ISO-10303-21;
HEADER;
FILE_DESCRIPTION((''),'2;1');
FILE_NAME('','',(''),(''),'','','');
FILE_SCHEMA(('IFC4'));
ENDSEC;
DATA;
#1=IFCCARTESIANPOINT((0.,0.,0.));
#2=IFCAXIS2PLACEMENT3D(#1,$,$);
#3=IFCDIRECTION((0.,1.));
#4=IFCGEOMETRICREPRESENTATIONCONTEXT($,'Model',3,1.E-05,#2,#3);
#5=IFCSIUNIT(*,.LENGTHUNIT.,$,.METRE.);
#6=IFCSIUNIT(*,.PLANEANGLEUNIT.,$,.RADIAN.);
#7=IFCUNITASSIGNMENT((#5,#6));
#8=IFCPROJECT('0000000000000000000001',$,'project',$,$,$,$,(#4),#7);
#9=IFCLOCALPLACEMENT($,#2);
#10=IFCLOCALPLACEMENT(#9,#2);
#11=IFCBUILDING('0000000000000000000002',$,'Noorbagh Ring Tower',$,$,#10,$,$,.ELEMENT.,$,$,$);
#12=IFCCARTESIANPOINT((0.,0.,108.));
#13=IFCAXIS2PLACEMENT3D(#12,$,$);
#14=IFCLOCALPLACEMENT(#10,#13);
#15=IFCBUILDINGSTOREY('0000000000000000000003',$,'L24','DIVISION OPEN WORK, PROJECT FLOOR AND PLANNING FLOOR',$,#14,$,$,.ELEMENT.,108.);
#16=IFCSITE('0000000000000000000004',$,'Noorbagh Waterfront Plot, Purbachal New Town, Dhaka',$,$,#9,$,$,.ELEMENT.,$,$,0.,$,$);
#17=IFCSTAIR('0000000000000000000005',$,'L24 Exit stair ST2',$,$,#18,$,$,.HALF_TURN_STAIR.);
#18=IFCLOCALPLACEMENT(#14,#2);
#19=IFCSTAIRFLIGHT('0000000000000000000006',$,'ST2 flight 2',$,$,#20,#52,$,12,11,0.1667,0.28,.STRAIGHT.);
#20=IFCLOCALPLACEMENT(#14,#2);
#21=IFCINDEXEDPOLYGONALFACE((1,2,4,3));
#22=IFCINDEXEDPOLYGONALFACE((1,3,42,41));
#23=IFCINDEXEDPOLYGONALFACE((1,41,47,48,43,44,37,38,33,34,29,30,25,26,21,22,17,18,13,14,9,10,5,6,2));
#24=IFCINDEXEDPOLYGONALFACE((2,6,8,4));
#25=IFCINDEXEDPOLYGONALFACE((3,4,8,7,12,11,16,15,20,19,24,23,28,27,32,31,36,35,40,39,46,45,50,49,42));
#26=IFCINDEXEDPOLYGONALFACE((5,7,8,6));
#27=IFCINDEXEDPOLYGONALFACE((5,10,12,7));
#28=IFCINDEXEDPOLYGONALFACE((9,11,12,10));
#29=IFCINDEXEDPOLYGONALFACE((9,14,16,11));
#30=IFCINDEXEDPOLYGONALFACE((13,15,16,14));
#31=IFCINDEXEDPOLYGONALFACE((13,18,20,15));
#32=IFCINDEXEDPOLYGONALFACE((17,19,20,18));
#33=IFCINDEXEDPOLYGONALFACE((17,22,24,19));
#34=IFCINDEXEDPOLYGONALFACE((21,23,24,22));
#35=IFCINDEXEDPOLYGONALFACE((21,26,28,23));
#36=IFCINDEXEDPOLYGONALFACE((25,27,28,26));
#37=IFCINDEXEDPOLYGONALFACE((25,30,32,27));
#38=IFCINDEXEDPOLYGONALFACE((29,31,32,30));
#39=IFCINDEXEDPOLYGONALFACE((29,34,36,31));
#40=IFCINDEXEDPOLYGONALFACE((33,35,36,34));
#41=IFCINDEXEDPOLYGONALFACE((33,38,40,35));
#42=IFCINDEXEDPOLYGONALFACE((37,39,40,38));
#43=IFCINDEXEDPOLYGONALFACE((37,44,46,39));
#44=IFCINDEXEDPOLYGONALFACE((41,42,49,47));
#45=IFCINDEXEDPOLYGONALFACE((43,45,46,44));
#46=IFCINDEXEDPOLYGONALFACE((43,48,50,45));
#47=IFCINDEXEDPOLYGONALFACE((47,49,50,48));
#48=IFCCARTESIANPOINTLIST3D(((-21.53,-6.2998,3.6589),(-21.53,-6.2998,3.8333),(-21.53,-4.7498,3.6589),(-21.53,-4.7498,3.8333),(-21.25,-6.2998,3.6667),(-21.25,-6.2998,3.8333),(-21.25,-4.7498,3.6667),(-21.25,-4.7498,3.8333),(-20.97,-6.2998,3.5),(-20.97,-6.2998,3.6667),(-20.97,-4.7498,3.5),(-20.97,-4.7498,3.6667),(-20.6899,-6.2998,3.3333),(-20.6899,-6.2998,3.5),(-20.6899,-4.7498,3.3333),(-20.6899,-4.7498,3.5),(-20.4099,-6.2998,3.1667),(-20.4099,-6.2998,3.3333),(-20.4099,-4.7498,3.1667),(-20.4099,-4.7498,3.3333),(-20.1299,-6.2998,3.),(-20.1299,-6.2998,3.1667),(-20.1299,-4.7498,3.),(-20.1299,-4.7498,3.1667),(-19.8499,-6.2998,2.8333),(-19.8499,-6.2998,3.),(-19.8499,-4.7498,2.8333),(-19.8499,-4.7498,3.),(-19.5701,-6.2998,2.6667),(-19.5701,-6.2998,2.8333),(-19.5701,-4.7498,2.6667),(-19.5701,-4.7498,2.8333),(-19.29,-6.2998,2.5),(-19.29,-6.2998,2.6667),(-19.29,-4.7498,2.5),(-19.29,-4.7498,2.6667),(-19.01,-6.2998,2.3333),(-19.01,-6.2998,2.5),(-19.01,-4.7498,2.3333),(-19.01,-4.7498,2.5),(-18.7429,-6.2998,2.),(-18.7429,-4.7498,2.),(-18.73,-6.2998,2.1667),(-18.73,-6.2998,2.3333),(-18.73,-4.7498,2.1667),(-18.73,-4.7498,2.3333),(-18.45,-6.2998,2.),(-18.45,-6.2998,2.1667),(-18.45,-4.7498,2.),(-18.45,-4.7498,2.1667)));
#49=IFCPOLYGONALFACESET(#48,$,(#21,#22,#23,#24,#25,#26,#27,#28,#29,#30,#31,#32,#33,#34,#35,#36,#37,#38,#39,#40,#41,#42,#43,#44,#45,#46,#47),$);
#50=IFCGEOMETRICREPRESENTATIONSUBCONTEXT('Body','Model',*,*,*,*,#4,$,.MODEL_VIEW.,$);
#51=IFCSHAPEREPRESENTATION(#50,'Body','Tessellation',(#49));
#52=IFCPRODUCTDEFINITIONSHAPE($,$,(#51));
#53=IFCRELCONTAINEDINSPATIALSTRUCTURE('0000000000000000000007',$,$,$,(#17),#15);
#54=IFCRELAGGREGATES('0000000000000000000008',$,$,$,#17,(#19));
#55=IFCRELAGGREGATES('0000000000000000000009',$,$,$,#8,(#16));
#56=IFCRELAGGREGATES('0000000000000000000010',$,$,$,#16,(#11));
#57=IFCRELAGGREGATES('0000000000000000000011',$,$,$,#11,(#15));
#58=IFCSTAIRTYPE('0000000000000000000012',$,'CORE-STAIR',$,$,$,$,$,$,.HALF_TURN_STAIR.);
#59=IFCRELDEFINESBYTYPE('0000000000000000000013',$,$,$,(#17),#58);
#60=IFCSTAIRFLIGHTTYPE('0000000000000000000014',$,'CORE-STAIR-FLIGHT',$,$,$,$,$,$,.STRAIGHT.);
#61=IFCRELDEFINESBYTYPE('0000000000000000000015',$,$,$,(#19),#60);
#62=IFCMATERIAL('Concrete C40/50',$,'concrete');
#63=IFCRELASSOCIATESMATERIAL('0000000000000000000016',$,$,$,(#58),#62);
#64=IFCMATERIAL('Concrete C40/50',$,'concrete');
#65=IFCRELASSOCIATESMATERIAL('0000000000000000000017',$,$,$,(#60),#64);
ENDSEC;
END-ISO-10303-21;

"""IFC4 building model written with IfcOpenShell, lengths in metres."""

from ifc_helpers import new_model, si_unit, direction, frame, origin, place, context, subcontext, project, spatial, polyline, outline, extrude, material, type_object, element, aggregate, save


model = new_model("IFC4")

# Units and contexts
model_context = context("Model", 3, precision=1e-05, world=origin(), true_north=direction((0.0, 1.0)))
body_context = subcontext(model_context, "Body", "Model", "MODEL_VIEW")
ifc_project = project(units=[si_unit("LENGTHUNIT", "METRE"), si_unit("PLANEANGLEUNIT", "RADIAN")], contexts=[model_context])

# Site, building, storey
site_placement = place(None, origin())
site = spatial("IfcSite", under=ifc_project, at=site_placement, Name="Noorbagh Waterfront Plot, Purbachal New Town, Dhaka", CompositionType="ELEMENT", RefElevation=0.0)
building_placement = place(site_placement, origin())
building = spatial("IfcBuilding", under=site, at=building_placement, Name="Noorbagh Ring Tower", CompositionType="ELEMENT")
storey_placement = place(building_placement, frame((0.0, 0.0, 108.0)))
storey = spatial("IfcBuildingStorey", under=building, at=storey_placement, Name="L24", Description="DIVISION OPEN WORK, PROJECT FLOOR AND PLANNING FLOOR", CompositionType="ELEMENT", Elevation=108.0)

# Shared definitions
ifc_material_1 = material(Name="Concrete C40/50", Category="concrete")
stair_type = type_object("IfcStairType", Name="CORE-STAIR", PredefinedType="HALF_TURN_STAIR", material=ifc_material_1)

# Stair, stair flight
stair_1_placement = place(storey_placement, origin())
stair_1 = element("IfcStair", 1, at=stair_1_placement, inside=storey, type_object=stair_type, Name="L24 Exit stair ST2", PredefinedType="HALF_TURN_STAIR")
ifc_material_2 = material(Name="Concrete C40/50", Category="concrete")
stair_flight_type = type_object("IfcStairFlightType", Name="CORE-STAIR-FLIGHT", PredefinedType="STRAIGHT", material=ifc_material_2)
stair_flight_placement = place(storey_placement, frame((-18.45, -5.5249, 2.0), z_axis=(0.0, 0.0, 1.0), x_axis=(-1.0, 0.0, 0.0)))
stair_flight = element("IfcStairFlight", 2, at=stair_flight_placement, type_object=stair_flight_type, Name="ST2 flight 2", NumberOfRisers=12, NumberOfTreads=11, PredefinedType="STRAIGHT", RiserHeight=0.1667, TreadLength=0.28, context=body_context, shape_type="SweptSolid", body=[
    extrude(outline(polyline([(0.0, 0.0), (0.0, 0.1667), (0.28, 0.1667), (0.28, 0.3333), (0.5601, 0.3333), (0.5601, 0.5), (0.8401, 0.5), (0.8401, 0.6667), (1.1201, 0.6667), (1.1201, 0.8333), (1.3999, 0.8333), (1.3999, 1.0), (1.6799, 1.0), (1.6799, 1.1667), (1.96, 1.1667), (1.96, 1.3333), (2.24, 1.3333), (2.24, 1.5), (2.52, 1.5), (2.52, 1.6667), (2.8, 1.6667), (2.8, 1.8333), (3.0801, 1.8333), (3.0801, 2.0), (3.0801, 1.6589), (0.293, 0.0), (0.0, 0.0)])), frame((0.0, 0.7749, 0.0), z_axis=(0.0, -1.0, 0.0), x_axis=(1.0, 0.0, 0.0)), (0.0, 0.0, 1.0), 1.55),
])
aggregate(stair_1, [stair_flight])

save(model, "model.ifc")
